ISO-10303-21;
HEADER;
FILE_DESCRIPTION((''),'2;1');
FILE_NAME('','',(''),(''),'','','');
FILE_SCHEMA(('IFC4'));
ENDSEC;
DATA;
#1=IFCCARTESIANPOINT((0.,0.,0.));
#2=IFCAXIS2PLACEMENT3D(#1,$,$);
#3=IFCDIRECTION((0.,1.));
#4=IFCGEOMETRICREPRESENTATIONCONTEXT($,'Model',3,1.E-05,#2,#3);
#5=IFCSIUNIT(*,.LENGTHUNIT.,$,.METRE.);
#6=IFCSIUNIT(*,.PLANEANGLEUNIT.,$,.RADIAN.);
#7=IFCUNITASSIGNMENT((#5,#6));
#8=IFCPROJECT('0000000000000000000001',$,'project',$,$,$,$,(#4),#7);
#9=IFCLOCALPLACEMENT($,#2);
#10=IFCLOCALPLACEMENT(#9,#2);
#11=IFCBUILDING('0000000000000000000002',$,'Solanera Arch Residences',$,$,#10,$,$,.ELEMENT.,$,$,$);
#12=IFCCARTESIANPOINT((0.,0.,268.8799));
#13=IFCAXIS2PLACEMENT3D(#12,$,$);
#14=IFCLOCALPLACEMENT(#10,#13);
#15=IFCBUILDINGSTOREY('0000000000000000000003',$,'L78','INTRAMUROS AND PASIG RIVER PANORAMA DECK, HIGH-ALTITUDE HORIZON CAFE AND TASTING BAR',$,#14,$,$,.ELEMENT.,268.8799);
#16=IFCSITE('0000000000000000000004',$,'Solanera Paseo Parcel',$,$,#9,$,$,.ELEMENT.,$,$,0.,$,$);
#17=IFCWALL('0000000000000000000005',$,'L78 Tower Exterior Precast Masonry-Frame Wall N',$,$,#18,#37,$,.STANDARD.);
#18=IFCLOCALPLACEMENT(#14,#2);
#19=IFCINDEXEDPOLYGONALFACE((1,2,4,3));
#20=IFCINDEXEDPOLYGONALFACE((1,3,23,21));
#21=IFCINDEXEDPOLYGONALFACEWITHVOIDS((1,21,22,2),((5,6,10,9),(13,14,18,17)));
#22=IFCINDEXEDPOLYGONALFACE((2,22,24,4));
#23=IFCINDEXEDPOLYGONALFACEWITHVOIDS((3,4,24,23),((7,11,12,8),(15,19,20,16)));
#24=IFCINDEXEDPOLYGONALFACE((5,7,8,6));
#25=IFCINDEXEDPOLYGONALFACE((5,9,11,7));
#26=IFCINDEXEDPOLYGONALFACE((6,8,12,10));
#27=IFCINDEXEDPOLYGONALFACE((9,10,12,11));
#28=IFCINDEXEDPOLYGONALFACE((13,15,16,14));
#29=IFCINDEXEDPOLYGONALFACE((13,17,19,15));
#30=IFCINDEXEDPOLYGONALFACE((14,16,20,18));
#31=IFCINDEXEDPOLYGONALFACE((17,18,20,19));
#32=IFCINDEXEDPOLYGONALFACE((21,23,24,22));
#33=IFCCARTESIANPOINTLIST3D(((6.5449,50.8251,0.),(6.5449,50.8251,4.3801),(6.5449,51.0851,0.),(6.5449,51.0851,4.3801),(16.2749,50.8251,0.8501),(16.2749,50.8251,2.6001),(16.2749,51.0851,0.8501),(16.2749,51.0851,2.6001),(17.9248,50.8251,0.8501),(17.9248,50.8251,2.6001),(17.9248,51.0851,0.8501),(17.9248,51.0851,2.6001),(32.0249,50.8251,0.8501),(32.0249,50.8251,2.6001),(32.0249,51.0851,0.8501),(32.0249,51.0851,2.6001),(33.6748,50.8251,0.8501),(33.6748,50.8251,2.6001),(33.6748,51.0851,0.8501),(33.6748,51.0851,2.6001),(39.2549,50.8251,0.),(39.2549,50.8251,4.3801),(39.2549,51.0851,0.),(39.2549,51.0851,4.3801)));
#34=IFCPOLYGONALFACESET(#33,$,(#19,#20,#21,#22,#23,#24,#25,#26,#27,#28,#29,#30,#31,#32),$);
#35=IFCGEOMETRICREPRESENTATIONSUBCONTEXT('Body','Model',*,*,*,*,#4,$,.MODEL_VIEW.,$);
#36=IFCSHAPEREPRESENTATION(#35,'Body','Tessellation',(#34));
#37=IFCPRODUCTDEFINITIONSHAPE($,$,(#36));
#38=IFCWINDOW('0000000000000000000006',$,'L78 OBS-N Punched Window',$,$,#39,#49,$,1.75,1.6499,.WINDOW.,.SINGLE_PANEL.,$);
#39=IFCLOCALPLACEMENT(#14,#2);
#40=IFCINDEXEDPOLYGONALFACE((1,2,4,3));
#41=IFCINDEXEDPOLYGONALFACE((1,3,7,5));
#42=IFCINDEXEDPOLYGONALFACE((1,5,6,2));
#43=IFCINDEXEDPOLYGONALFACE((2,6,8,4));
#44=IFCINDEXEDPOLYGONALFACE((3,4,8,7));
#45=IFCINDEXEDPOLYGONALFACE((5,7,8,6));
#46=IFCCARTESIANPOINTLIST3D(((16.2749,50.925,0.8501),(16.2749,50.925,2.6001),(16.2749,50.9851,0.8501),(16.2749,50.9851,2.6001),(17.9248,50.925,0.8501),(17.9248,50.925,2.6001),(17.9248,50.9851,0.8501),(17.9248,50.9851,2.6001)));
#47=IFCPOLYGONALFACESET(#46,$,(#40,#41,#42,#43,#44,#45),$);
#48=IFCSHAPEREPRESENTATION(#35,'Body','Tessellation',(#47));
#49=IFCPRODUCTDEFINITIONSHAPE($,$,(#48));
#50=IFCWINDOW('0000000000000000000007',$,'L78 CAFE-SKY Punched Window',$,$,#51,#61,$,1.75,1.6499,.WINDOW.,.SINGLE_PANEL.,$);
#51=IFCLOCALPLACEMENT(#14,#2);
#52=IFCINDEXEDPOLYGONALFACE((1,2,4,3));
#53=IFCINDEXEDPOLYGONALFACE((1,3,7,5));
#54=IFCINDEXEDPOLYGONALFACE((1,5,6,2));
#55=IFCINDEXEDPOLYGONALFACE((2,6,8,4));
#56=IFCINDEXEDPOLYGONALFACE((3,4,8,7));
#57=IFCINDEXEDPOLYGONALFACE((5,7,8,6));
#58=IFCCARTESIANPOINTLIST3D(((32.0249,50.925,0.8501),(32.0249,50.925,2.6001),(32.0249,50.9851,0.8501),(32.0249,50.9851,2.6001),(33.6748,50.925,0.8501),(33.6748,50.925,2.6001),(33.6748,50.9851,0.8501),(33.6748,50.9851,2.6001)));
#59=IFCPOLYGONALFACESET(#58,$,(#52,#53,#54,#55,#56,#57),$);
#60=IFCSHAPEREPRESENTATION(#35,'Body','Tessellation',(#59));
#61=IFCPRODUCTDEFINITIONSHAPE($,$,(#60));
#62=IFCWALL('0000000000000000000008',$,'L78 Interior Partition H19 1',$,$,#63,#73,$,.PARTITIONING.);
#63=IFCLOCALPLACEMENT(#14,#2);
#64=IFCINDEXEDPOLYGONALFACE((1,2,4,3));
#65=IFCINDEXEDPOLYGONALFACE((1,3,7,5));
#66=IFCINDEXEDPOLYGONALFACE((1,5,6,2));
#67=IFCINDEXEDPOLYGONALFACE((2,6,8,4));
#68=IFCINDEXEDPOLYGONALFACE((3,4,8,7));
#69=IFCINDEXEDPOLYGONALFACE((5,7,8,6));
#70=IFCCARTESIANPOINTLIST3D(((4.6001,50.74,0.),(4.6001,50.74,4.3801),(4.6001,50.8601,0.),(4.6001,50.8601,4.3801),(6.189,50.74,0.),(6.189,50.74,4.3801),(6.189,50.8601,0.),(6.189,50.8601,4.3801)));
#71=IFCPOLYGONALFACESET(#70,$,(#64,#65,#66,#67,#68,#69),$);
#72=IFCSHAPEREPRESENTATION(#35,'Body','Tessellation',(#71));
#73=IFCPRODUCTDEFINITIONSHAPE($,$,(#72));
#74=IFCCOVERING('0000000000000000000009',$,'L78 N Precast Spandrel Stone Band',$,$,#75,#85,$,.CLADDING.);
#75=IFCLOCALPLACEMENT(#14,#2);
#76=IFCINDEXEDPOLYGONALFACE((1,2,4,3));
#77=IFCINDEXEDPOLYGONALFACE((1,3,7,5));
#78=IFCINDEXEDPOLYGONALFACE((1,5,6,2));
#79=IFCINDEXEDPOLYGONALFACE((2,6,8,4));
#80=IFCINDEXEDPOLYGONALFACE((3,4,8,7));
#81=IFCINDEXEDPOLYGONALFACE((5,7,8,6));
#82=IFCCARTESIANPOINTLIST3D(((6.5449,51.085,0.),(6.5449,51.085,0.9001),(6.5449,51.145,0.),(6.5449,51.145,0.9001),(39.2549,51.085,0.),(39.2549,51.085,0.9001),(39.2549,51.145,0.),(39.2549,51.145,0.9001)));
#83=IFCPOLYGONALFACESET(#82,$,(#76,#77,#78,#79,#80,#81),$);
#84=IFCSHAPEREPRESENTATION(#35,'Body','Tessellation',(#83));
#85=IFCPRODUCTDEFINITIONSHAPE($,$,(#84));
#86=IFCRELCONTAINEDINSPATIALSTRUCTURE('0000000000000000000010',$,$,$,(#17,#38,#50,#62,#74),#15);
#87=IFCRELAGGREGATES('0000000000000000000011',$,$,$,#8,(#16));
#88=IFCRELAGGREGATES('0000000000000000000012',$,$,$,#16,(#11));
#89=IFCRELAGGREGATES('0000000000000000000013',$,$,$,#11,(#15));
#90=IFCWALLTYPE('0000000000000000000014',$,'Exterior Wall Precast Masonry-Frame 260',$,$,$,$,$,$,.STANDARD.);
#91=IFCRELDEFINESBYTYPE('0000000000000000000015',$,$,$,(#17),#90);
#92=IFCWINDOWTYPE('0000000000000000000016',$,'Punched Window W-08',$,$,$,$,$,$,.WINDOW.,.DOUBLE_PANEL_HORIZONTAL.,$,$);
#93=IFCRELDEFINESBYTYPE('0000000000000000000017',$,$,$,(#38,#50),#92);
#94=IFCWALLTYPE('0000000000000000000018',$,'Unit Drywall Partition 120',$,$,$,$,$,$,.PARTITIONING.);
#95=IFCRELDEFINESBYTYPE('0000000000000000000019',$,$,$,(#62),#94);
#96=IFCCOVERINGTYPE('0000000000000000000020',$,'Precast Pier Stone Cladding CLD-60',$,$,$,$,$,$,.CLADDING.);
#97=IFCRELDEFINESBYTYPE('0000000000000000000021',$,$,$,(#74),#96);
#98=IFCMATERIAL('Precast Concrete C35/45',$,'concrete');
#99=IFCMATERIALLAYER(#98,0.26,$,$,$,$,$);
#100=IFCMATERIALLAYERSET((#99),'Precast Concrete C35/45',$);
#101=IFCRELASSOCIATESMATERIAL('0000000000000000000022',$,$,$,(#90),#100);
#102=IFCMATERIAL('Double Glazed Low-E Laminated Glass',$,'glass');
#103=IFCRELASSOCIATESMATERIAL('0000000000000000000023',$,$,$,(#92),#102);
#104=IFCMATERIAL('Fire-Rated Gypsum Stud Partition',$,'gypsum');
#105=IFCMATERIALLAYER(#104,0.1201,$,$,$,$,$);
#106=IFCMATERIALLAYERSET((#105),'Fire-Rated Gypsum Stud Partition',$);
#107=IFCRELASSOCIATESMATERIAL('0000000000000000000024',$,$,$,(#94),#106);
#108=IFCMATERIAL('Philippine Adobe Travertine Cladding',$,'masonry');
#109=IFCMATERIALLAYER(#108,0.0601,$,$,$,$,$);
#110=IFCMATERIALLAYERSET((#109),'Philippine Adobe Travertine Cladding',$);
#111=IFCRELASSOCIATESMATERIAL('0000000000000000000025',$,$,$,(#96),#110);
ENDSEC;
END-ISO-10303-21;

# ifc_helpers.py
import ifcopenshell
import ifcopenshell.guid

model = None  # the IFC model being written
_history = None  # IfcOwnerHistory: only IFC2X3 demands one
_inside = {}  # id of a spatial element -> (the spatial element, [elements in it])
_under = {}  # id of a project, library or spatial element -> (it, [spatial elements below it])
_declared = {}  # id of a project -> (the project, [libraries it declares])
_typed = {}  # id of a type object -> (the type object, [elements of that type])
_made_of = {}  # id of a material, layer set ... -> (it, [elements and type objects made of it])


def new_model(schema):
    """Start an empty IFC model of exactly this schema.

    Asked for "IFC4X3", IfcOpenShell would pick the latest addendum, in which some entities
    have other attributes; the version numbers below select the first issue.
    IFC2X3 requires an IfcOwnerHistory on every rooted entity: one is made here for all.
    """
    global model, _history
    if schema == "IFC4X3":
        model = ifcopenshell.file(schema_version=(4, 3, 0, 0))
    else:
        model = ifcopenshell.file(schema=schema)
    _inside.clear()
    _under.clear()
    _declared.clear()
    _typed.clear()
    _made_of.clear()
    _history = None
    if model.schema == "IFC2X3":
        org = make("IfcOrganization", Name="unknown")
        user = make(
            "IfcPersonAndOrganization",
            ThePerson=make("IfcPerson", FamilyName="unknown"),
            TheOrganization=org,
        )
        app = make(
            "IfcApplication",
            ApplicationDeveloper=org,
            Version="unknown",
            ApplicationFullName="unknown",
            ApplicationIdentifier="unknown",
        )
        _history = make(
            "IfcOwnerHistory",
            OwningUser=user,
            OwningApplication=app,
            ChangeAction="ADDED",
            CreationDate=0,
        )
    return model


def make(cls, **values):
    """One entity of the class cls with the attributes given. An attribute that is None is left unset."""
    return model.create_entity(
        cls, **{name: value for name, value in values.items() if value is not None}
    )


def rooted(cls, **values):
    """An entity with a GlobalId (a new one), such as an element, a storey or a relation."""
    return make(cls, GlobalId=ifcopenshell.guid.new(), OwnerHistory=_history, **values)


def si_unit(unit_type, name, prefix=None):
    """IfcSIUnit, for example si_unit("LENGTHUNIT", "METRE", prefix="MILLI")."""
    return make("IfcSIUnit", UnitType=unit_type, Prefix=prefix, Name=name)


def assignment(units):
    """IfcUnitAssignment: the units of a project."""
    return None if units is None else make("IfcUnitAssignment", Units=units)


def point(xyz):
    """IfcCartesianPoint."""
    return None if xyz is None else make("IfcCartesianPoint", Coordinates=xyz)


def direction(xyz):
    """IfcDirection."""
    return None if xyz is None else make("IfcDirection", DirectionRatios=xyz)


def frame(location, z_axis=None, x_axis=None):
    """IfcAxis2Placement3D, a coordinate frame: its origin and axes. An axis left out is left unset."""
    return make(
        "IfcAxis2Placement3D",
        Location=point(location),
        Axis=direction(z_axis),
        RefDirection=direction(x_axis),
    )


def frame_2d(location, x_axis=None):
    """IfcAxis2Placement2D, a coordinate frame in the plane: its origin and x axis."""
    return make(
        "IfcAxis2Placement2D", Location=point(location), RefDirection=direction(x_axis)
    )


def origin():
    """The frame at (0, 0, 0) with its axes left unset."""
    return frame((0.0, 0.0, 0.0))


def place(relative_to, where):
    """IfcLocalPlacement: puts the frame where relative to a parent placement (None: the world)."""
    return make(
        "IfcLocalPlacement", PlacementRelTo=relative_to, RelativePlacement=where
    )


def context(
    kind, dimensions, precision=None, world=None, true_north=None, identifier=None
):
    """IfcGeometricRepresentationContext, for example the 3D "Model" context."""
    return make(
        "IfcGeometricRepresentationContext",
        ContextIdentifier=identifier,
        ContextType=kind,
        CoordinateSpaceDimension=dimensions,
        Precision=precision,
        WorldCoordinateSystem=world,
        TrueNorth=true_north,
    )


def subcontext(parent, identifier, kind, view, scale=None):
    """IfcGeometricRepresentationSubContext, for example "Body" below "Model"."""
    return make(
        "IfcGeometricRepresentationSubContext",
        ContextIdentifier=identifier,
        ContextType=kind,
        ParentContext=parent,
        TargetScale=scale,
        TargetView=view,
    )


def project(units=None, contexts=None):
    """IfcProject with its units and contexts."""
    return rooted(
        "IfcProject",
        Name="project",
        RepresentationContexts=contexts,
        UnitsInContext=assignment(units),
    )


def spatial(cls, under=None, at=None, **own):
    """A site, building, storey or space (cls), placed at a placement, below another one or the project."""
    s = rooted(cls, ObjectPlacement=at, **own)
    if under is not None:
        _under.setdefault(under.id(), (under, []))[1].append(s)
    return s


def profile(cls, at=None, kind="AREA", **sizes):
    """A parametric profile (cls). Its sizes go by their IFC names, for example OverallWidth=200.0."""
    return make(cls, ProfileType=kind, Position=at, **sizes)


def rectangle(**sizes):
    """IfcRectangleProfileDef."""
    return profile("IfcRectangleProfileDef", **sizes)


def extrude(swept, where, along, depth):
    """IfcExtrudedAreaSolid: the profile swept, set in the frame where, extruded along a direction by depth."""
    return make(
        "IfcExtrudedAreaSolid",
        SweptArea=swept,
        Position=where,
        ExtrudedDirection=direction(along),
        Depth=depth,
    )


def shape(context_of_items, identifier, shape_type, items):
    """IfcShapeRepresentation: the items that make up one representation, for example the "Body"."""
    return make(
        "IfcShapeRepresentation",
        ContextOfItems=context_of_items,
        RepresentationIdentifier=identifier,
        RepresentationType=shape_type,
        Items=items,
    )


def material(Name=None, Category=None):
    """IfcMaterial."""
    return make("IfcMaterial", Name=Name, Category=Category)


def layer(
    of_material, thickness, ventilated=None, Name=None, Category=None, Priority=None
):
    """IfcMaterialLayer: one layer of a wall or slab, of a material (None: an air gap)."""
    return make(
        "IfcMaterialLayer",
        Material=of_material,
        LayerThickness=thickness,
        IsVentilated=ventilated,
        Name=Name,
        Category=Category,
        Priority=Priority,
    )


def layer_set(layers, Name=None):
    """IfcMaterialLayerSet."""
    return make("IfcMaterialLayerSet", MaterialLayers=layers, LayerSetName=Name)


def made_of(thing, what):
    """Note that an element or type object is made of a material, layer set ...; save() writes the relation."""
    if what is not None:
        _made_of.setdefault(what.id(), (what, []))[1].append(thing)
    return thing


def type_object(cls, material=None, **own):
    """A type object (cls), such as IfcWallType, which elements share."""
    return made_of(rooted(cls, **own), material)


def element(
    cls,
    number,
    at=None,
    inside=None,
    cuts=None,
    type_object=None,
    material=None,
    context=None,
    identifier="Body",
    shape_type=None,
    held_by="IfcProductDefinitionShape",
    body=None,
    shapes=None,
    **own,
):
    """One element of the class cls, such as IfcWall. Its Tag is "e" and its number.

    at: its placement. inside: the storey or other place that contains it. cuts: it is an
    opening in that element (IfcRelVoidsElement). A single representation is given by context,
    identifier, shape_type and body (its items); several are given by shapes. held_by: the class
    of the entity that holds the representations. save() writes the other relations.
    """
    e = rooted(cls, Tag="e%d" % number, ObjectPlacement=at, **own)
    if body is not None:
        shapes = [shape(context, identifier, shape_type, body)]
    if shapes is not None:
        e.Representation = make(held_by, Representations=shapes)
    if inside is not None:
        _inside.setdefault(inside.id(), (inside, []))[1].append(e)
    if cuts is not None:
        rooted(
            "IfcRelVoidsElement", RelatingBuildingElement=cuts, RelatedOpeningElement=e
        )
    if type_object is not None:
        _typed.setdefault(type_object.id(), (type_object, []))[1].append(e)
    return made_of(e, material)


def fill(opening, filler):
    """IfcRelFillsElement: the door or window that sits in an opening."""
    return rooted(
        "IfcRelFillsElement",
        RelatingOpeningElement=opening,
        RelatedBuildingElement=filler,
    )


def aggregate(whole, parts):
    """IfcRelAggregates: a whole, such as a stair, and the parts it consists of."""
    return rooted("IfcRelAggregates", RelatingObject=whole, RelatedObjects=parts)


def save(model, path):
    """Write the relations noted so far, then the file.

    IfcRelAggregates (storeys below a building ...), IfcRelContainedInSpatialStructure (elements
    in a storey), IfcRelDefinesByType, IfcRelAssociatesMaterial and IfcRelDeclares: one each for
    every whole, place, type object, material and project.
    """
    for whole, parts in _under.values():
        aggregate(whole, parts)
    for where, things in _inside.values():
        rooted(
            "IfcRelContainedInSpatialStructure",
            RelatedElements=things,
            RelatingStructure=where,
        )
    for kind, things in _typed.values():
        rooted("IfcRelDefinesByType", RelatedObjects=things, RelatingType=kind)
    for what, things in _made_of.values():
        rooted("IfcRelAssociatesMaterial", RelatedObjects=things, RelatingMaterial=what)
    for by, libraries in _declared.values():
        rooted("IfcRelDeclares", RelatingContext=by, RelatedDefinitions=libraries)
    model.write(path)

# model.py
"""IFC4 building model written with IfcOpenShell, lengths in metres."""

from ifc_helpers import new_model, si_unit, direction, frame, frame_2d, origin, place, context, subcontext, project, spatial, rectangle, extrude, material, layer, layer_set, type_object, element, fill, save


model = new_model("IFC4")

# Units and contexts
model_context = context("Model", 3, precision=1e-05, world=origin(), true_north=direction((0.0, 1.0)))
body_context = subcontext(model_context, "Body", "Model", "MODEL_VIEW")
ifc_project = project(units=[si_unit("LENGTHUNIT", "METRE"), si_unit("PLANEANGLEUNIT", "RADIAN")], contexts=[model_context])

# Site, building, storey
site_placement = place(None, origin())
site = spatial("IfcSite", under=ifc_project, at=site_placement, Name="Solanera Paseo Parcel", CompositionType="ELEMENT", RefElevation=0.0)
building_placement = place(site_placement, origin())
building = spatial("IfcBuilding", under=site, at=building_placement, Name="Solanera Arch Residences", CompositionType="ELEMENT")
storey_placement = place(building_placement, frame((0.0, 0.0, 268.8799)))
storey = spatial("IfcBuildingStorey", under=building, at=storey_placement, Name="L78", Description="INTRAMUROS AND PASIG RIVER PANORAMA DECK, HIGH-ALTITUDE HORIZON CAFE AND TASTING BAR", CompositionType="ELEMENT", Elevation=268.8799)

# Shared definitions
ifc_material_1 = material(Name="Precast Concrete C35/45", Category="concrete")
ifc_layer_1 = layer(ifc_material_1, 0.26)
ifc_layer_set_1 = layer_set([ifc_layer_1], Name="Precast Concrete C35/45")
wall_type_1 = type_object("IfcWallType", Name="Exterior Wall Precast Masonry-Frame 260", PredefinedType="STANDARD", material=ifc_layer_set_1)

# Wall, openings, windows
wall_1_placement = place(storey_placement, frame((6.5449, 50.9551, 0.0), z_axis=(0.0, 0.0, 1.0), x_axis=(1.0, 0.0, 0.0)))
wall_1 = element("IfcWall", 1, at=wall_1_placement, inside=storey, type_object=wall_type_1, Name="L78 Tower Exterior Precast Masonry-Frame Wall N", PredefinedType="STANDARD", context=body_context, shape_type="SweptSolid", body=[
    extrude(rectangle(XDim=32.71, YDim=0.26, at=frame_2d((16.355, 0.0))), origin(), (0.0, 0.0, 1.0), 4.3801),
])
opening_1_placement = place(wall_1_placement, frame((9.73, 0.0, 0.8501)))
opening_1 = element("IfcOpeningElement", 2, at=opening_1_placement, cuts=wall_1, PredefinedType="OPENING", context=body_context, shape_type="SweptSolid", body=[
    extrude(rectangle(XDim=1.6499, YDim=1.75, at=frame_2d((0.825, 0.875))), frame((0.0, 0.1399, 0.0), z_axis=(0.0, -1.0, 0.0), x_axis=(1.0, 0.0, 0.0)), (0.0, 0.0, 1.0), 0.28),
])
opening_2_placement = place(wall_1_placement, frame((25.48, 0.0, 0.8501)))
opening_2 = element("IfcOpeningElement", 3, at=opening_2_placement, cuts=wall_1, PredefinedType="OPENING", context=body_context, shape_type="SweptSolid", body=[
    extrude(rectangle(XDim=1.6499, YDim=1.75, at=frame_2d((0.825, 0.875))), frame((0.0, 0.1399, 0.0), z_axis=(0.0, -1.0, 0.0), x_axis=(1.0, 0.0, 0.0)), (0.0, 0.0, 1.0), 0.28),
])
ifc_material_2 = material(Name="Double Glazed Low-E Laminated Glass", Category="glass")
window_type = type_object("IfcWindowType", Name="Punched Window W-08", PartitioningType="DOUBLE_PANEL_HORIZONTAL", PredefinedType="WINDOW", material=ifc_material_2)
window_1_placement = place(opening_1_placement, origin())
window_1 = element("IfcWindow", 4, at=window_1_placement, inside=storey, type_object=window_type, Name="L78 OBS-N Punched Window", OverallHeight=1.75, OverallWidth=1.6499, PartitioningType="SINGLE_PANEL", PredefinedType="WINDOW", context=body_context, shape_type="SweptSolid", body=[
    extrude(rectangle(XDim=1.6499, YDim=1.75, at=frame_2d((0.825, 0.875))), frame((0.0, 0.03, 0.0), z_axis=(0.0, -1.0, 0.0), x_axis=(1.0, 0.0, 0.0)), (0.0, 0.0, 1.0), 0.0601),
])
fill(opening_1, window_1)
window_2_placement = place(opening_2_placement, origin())
window_2 = element("IfcWindow", 5, at=window_2_placement, inside=storey, type_object=window_type, Name="L78 CAFE-SKY Punched Window", OverallHeight=1.75, OverallWidth=1.6499, PartitioningType="SINGLE_PANEL", PredefinedType="WINDOW", context=body_context, shape_type="SweptSolid", body=[
    extrude(rectangle(XDim=1.6499, YDim=1.75, at=frame_2d((0.825, 0.875))), frame((0.0, 0.03, 0.0), z_axis=(0.0, -1.0, 0.0), x_axis=(1.0, 0.0, 0.0)), (0.0, 0.0, 1.0), 0.0601),
])
fill(opening_2, window_2)

# Wall
ifc_material_3 = material(Name="Fire-Rated Gypsum Stud Partition", Category="gypsum")
ifc_layer_2 = layer(ifc_material_3, 0.1201)
ifc_layer_set_2 = layer_set([ifc_layer_2], Name="Fire-Rated Gypsum Stud Partition")
wall_type_2 = type_object("IfcWallType", Name="Unit Drywall Partition 120", PredefinedType="PARTITIONING", material=ifc_layer_set_2)
wall_2_placement = place(storey_placement, frame((4.6001, 50.8, 0.0), z_axis=(0.0, 0.0, 1.0), x_axis=(1.0, 0.0, 0.0)))
element("IfcWall", 6, at=wall_2_placement, inside=storey, type_object=wall_type_2, Name="L78 Interior Partition H19 1", PredefinedType="PARTITIONING", context=body_context, shape_type="SweptSolid", body=[
    extrude(rectangle(XDim=1.5889, YDim=0.1201, at=frame_2d((0.7944, 0.0))), origin(), (0.0, 0.0, 1.0), 4.3801),
])

# Covering
ifc_material_4 = material(Name="Philippine Adobe Travertine Cladding", Category="masonry")
ifc_layer_3 = layer(ifc_material_4, 0.0601)
ifc_layer_set_3 = layer_set([ifc_layer_3], Name="Philippine Adobe Travertine Cladding")
covering_type = type_object("IfcCoveringType", Name="Precast Pier Stone Cladding CLD-60", PredefinedType="CLADDING", material=ifc_layer_set_3)
covering_placement = place(storey_placement, frame((6.5449, 51.115, 0.0), z_axis=(0.0, 0.0, 1.0), x_axis=(1.0, 0.0, 0.0)))
element("IfcCovering", 7, at=covering_placement, inside=storey, type_object=covering_type, Name="L78 N Precast Spandrel Stone Band", PredefinedType="CLADDING", context=body_context, shape_type="SweptSolid", body=[
    extrude(rectangle(XDim=32.71, YDim=0.0601, at=frame_2d((16.355, 0.0))), origin(), (0.0, 0.0, 1.0), 0.9001),
])

save(model, "model.ifc")
